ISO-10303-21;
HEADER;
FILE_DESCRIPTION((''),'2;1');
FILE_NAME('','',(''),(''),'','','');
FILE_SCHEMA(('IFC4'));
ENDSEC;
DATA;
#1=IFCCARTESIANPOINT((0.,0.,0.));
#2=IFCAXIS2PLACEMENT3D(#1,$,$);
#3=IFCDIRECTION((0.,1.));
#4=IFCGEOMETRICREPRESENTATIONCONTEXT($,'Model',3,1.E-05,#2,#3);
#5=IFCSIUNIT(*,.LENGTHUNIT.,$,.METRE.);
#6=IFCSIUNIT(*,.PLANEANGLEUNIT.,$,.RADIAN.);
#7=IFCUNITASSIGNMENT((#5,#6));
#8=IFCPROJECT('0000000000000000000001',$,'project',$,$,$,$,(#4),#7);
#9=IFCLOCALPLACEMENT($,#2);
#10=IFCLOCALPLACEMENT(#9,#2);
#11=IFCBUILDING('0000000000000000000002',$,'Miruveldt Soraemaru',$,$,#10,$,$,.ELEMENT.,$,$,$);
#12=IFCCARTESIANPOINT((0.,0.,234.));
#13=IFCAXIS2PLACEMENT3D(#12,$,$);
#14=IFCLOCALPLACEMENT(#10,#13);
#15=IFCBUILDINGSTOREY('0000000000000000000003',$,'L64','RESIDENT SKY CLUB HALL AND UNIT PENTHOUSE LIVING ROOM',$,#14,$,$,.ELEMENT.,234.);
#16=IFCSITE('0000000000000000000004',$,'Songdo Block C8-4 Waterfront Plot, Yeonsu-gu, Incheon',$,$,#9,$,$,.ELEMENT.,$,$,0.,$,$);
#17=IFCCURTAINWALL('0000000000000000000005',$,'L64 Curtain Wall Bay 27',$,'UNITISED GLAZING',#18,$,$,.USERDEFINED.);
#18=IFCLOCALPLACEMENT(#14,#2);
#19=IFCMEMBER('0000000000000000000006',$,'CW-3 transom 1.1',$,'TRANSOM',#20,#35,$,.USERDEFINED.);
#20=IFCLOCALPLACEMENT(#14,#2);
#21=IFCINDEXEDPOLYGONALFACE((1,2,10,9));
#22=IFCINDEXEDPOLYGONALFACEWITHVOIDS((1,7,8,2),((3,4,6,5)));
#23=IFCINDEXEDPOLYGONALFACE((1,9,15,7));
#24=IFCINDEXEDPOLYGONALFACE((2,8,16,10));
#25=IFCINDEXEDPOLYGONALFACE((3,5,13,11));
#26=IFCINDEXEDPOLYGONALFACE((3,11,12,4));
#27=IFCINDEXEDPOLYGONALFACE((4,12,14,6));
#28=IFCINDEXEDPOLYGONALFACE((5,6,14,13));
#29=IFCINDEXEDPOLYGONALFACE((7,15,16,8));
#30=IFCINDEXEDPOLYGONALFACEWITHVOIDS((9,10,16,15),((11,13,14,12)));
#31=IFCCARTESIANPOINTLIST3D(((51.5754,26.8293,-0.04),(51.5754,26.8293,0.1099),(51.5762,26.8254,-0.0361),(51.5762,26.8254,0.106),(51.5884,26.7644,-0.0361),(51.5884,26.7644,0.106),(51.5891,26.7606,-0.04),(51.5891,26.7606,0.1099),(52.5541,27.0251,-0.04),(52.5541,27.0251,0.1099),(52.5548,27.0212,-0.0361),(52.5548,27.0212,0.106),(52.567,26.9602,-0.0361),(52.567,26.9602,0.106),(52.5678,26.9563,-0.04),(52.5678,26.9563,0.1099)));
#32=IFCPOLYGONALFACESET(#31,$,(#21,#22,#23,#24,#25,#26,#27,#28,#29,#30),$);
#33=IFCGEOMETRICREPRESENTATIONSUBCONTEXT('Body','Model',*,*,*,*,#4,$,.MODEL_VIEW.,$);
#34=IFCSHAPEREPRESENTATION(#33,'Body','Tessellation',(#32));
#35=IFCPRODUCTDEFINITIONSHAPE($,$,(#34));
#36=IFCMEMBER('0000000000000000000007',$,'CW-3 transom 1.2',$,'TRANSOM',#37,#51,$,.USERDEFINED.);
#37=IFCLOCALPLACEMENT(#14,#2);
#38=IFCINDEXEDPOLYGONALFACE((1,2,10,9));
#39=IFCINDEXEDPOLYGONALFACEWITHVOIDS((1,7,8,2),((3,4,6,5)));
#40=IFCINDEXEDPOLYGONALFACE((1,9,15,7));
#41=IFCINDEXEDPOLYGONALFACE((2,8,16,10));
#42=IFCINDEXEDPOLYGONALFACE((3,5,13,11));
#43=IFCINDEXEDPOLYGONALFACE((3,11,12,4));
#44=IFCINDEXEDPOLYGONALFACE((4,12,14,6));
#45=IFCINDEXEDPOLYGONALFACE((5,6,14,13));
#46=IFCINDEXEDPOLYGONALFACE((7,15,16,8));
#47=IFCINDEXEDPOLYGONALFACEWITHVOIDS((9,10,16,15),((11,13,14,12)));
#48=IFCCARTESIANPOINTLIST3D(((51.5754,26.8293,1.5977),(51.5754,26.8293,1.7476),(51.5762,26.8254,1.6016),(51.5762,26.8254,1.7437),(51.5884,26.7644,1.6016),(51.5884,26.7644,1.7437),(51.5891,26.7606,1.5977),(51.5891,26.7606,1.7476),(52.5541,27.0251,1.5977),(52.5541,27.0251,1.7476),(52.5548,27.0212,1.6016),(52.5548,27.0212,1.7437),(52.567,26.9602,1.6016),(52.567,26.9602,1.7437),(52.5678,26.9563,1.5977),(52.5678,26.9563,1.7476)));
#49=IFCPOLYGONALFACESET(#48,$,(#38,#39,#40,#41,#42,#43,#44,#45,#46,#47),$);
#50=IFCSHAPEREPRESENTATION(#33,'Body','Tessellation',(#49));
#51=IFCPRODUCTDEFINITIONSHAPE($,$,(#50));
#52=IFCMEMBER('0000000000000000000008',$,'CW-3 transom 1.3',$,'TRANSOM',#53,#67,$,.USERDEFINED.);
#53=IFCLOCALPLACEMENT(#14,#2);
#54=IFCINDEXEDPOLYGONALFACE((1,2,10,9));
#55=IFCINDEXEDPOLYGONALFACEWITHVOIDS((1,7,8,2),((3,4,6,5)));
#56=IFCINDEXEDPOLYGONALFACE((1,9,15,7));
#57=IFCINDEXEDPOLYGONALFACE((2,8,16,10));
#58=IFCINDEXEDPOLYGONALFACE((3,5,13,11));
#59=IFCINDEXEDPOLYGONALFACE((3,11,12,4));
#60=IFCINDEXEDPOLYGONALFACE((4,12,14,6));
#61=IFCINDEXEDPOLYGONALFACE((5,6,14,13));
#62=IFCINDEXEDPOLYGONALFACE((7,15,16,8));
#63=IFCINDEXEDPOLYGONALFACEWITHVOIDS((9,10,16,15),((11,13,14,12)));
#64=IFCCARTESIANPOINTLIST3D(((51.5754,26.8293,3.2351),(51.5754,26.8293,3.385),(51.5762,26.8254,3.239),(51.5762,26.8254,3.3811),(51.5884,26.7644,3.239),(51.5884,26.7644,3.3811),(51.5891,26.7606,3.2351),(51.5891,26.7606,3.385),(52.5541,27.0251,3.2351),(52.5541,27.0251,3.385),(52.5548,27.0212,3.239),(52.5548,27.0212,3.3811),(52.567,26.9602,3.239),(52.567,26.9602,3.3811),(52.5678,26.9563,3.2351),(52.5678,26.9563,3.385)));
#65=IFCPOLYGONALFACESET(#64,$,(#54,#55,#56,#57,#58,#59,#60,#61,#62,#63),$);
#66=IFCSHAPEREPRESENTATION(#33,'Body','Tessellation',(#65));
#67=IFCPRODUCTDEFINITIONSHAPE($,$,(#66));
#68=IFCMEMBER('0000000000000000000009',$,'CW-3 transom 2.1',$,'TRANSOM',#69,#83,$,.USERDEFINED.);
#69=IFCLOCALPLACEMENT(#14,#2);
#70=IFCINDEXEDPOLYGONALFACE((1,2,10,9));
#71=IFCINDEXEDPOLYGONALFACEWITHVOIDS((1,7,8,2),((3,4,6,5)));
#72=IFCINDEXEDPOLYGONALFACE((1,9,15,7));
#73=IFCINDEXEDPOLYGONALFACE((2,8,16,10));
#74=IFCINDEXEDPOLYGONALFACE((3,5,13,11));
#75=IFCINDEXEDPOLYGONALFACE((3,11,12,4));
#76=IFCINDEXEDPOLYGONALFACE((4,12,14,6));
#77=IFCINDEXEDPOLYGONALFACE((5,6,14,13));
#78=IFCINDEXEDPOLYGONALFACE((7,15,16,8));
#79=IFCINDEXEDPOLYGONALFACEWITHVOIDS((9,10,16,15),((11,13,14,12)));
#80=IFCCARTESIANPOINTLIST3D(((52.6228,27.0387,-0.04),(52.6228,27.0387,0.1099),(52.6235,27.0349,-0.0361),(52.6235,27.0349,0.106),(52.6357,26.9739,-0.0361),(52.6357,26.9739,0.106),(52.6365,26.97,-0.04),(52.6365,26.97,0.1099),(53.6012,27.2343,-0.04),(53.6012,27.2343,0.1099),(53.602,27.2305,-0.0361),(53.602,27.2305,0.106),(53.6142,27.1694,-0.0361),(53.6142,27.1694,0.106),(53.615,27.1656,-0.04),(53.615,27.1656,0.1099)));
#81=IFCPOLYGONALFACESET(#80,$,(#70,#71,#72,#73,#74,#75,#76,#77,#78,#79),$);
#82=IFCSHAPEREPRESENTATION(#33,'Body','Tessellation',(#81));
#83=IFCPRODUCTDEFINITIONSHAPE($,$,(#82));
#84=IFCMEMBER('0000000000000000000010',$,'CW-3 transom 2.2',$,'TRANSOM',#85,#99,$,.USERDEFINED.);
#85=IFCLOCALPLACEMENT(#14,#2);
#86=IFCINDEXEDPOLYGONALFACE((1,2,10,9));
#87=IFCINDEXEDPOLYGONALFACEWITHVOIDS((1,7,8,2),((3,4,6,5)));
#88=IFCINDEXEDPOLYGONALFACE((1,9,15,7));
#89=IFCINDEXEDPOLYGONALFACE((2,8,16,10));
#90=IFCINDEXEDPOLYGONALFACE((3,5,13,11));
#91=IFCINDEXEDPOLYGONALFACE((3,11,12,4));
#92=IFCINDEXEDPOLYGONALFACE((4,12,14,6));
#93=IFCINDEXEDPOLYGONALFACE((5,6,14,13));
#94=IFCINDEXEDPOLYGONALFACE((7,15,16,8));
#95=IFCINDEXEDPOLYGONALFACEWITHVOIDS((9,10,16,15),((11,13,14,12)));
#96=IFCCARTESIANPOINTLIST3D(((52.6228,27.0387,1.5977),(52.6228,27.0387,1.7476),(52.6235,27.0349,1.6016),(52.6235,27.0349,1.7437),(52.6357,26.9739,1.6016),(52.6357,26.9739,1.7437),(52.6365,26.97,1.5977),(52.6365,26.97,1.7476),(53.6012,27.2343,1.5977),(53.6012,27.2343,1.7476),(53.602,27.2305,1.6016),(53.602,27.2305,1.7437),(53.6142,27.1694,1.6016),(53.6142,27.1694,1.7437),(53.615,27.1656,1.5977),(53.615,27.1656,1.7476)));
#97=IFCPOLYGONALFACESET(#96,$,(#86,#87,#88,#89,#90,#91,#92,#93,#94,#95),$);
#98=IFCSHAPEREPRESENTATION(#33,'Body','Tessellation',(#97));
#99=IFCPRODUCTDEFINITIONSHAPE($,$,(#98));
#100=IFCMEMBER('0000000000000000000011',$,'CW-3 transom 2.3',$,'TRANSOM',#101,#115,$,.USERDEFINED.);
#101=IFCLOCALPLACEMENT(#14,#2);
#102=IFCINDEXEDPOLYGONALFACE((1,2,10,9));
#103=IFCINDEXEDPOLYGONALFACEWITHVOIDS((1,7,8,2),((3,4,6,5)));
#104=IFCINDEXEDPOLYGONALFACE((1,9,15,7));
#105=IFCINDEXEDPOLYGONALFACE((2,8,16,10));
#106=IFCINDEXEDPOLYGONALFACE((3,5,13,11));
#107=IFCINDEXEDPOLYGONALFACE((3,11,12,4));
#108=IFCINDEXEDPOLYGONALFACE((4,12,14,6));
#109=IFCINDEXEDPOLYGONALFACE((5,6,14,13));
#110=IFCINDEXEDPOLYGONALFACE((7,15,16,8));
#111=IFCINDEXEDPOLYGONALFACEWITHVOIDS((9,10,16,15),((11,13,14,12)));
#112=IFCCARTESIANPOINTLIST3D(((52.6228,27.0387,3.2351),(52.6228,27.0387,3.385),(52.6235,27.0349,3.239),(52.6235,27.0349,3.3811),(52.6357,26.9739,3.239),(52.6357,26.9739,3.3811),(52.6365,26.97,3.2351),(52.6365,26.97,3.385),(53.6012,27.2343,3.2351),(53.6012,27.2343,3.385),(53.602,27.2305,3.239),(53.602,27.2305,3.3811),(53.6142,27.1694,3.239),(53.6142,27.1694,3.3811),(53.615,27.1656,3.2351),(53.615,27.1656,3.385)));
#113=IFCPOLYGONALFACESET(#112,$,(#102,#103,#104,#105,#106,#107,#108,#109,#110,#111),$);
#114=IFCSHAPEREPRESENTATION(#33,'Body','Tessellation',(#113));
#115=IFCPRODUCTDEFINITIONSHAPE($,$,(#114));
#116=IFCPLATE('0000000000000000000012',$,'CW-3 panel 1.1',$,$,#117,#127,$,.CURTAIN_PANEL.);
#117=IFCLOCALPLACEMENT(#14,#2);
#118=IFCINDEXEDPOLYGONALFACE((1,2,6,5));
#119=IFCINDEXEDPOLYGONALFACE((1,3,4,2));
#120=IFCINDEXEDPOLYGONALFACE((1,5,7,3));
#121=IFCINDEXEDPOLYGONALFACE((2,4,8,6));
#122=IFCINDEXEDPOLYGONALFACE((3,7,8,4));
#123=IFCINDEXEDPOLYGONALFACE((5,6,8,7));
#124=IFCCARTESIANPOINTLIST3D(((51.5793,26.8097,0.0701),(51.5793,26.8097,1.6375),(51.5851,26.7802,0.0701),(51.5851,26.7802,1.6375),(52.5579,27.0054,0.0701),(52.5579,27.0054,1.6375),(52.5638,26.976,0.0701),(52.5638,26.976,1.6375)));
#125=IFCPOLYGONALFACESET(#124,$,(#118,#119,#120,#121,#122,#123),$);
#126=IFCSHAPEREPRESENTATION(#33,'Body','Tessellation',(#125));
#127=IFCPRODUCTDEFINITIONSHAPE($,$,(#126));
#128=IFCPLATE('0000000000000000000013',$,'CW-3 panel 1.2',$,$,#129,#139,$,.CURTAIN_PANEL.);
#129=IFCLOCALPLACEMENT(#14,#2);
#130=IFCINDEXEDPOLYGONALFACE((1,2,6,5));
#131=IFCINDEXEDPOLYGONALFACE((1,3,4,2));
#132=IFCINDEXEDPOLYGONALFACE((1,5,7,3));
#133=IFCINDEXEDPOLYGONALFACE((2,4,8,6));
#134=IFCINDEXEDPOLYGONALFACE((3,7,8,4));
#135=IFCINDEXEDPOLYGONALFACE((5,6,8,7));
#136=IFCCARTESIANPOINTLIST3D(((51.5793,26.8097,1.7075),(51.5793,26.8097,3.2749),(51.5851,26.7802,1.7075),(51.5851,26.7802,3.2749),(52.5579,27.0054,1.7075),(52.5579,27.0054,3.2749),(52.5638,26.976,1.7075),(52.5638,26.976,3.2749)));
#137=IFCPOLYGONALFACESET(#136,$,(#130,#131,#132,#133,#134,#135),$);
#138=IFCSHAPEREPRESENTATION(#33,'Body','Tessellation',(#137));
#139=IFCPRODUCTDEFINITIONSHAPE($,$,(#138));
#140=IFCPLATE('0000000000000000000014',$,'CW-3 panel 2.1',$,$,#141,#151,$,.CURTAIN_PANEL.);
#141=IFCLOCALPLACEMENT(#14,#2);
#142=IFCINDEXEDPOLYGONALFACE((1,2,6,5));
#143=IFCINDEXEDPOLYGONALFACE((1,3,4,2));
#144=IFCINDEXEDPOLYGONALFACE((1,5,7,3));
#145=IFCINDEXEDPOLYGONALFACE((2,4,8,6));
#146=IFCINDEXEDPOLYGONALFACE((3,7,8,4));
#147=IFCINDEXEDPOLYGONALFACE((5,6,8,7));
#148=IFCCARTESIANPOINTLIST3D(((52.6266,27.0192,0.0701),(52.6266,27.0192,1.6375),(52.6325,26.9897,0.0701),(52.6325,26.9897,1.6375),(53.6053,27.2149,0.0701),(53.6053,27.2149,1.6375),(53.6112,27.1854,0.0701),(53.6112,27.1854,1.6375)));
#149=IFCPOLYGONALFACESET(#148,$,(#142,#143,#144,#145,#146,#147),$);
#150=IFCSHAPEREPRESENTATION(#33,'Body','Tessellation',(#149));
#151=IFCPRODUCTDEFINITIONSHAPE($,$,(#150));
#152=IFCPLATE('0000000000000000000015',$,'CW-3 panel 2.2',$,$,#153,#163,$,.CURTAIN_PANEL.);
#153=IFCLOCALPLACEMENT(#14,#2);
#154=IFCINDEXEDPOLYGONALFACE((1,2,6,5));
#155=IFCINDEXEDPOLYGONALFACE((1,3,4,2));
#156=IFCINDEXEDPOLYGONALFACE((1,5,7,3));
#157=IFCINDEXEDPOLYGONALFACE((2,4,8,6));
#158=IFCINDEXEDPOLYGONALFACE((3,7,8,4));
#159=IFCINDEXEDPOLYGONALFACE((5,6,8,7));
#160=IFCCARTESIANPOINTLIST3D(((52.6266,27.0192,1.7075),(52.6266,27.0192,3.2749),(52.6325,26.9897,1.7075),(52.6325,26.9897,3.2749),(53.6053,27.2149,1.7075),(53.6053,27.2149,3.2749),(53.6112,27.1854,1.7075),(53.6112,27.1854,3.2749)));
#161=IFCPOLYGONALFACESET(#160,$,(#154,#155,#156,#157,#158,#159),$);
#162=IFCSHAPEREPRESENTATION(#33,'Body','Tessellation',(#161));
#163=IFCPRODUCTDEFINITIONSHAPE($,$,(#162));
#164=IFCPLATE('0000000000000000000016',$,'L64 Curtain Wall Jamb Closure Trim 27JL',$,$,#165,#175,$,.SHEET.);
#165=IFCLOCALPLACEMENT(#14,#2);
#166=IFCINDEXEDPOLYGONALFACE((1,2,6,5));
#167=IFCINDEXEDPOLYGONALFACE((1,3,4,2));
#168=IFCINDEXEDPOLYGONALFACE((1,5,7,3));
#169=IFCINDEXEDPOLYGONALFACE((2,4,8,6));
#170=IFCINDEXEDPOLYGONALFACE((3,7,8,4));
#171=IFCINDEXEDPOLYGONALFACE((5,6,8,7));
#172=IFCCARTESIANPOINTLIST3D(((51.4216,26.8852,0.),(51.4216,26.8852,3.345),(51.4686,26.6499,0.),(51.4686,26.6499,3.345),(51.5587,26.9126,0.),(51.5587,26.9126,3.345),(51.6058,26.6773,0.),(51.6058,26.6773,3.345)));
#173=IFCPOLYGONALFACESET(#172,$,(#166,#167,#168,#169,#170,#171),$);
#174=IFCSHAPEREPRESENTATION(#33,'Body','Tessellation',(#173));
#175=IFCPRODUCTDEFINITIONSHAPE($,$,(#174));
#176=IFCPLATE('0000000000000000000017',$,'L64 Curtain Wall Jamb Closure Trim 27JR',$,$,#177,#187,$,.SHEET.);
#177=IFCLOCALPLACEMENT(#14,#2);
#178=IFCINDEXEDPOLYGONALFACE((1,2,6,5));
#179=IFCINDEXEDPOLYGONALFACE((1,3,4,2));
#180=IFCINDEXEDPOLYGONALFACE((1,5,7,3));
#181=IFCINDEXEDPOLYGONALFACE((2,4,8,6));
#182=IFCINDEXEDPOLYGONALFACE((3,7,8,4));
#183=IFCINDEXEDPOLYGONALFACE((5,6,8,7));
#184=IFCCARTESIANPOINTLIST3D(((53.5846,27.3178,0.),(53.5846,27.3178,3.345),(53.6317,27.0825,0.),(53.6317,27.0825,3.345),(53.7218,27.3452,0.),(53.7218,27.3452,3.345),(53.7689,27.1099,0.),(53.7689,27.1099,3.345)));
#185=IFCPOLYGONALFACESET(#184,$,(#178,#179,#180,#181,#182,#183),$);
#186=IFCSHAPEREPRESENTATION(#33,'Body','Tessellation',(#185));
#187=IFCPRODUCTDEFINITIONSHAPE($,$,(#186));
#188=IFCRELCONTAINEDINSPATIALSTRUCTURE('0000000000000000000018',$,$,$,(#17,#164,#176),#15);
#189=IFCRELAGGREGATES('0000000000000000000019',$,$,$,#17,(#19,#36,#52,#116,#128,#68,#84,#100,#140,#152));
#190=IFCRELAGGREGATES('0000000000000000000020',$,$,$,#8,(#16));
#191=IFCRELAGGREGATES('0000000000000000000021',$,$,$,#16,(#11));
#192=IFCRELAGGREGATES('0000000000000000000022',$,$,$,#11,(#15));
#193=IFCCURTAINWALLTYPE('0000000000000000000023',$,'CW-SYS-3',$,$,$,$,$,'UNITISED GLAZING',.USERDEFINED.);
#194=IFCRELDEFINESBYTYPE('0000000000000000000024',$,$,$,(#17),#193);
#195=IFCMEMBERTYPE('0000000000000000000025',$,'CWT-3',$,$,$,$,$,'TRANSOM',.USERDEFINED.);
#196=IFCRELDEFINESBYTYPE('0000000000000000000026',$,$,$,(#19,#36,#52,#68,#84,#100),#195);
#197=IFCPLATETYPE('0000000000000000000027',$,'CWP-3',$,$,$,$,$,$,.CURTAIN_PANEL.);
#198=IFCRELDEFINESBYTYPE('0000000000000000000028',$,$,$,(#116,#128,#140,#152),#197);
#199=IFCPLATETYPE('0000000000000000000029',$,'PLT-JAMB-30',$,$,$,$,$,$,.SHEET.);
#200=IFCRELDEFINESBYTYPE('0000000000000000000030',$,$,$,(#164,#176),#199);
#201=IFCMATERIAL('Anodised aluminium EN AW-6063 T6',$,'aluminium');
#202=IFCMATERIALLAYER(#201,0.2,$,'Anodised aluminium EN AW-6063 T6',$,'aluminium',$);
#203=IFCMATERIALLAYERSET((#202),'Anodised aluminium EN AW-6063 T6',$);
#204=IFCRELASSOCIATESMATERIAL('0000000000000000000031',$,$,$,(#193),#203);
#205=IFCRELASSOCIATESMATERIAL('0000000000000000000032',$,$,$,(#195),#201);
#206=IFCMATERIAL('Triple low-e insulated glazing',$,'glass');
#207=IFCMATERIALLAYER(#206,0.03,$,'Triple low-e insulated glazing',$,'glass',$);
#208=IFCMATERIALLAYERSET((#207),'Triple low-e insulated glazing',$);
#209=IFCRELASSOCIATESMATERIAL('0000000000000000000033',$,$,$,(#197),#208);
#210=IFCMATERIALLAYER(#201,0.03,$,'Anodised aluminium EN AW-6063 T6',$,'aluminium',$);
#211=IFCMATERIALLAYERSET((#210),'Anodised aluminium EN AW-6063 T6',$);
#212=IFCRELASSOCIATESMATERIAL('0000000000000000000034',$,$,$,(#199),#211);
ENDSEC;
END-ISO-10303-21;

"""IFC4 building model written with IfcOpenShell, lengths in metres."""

from ifc_helpers import new_model, si_unit, direction, frame, origin, origin_2d, place, context, subcontext, project, spatial, rectangle, hollow_rectangle, extrude, material, layer, layer_set, material_profile, profile_set, type_object, element, aggregate, save


model = new_model("IFC4")

# Units and contexts
model_context = context("Model", 3, precision=1e-05, world=origin(), true_north=direction((0.0, 1.0)))
body_context = subcontext(model_context, "Body", "Model", "MODEL_VIEW")
ifc_project = project(units=[si_unit("LENGTHUNIT", "METRE"), si_unit("PLANEANGLEUNIT", "RADIAN")], contexts=[model_context])

# Site, building, storey
site_placement = place(None, origin())
site = spatial("IfcSite", under=ifc_project, at=site_placement, Name="Songdo Block C8-4 Waterfront Plot, Yeonsu-gu, Incheon", CompositionType="ELEMENT", RefElevation=0.0)
building_placement = place(site_placement, origin())
building = spatial("IfcBuilding", under=site, at=building_placement, Name="Miruveldt Soraemaru", CompositionType="ELEMENT")
storey_placement = place(building_placement, frame((0.0, 0.0, 234.0)))
storey = spatial("IfcBuildingStorey", under=building, at=storey_placement, Name="L64", Description="RESIDENT SKY CLUB HALL AND UNIT PENTHOUSE LIVING ROOM", CompositionType="ELEMENT", Elevation=234.0)

# Curtain wall, members, plates
ifc_material_1 = material(Name="Anodised aluminium EN AW-6063 T6", Category="aluminium")
ifc_layer_1 = layer(ifc_material_1, 0.2, Name="Anodised aluminium EN AW-6063 T6", Category="aluminium")
ifc_layer_set_1 = layer_set([ifc_layer_1], Name="Anodised aluminium EN AW-6063 T6")
curtain_wall_type = type_object("IfcCurtainWallType", Name="CW-SYS-3", ElementType="UNITISED GLAZING", PredefinedType="USERDEFINED", material=ifc_layer_set_1)
curtain_wall_placement = place(storey_placement, origin())
curtain_wall = element("IfcCurtainWall", 1, at=curtain_wall_placement, inside=storey, type_object=curtain_wall_type, Name="L64 Curtain Wall Bay 27", ObjectType="UNITISED GLAZING", PredefinedType="USERDEFINED")
ifc_material_profile_1 = material_profile(ifc_material_1, hollow_rectangle(XDim=0.0701, YDim=0.1499, WallThickness=0.0039, at=origin_2d()), Name="Anodised aluminium EN AW-6063 T6", Category="aluminium")
ifc_profile_set_1 = profile_set([ifc_material_profile_1], Name="Anodised aluminium EN AW-6063 T6")
member_type_1 = type_object("IfcMemberType", Name="CWT-3", ElementType="TRANSOM", PredefinedType="USERDEFINED", material=ifc_profile_set_1)
member_1_placement = place(storey_placement, frame((51.5823, 26.7949, 0.0349), z_axis=(0.980571, 0.196163, 0.0), x_axis=(-0.196163, 0.980571, 0.0)))
member_1 = element("IfcMember", 2, at=member_1_placement, type_object=member_type_1, Name="CW-3 transom 1.1", ObjectType="TRANSOM", PredefinedType="USERDEFINED", context=body_context, shape_type="SweptSolid", body=[
    extrude(hollow_rectangle(XDim=0.0701, YDim=0.1499, WallThickness=0.0039, at=origin_2d()), origin(), (0.0, 0.0, 1.0), 0.998),
])
member_2_placement = place(storey_placement, frame((51.5823, 26.7949, 1.6726), z_axis=(0.980571, 0.196163, 0.0), x_axis=(-0.196163, 0.980571, 0.0)))
member_2 = element("IfcMember", 3, at=member_2_placement, type_object=member_type_1, Name="CW-3 transom 1.2", ObjectType="TRANSOM", PredefinedType="USERDEFINED", context=body_context, shape_type="SweptSolid", body=[
    extrude(hollow_rectangle(XDim=0.0701, YDim=0.1499, WallThickness=0.0039, at=origin_2d()), origin(), (0.0, 0.0, 1.0), 0.998),
])
member_3_placement = place(storey_placement, frame((51.5823, 26.7949, 3.3101), z_axis=(0.980571, 0.196163, 0.0), x_axis=(-0.196163, 0.980571, 0.0)))
member_3 = element("IfcMember", 4, at=member_3_placement, type_object=member_type_1, Name="CW-3 transom 1.3", ObjectType="TRANSOM", PredefinedType="USERDEFINED", context=body_context, shape_type="SweptSolid", body=[
    extrude(hollow_rectangle(XDim=0.0701, YDim=0.1499, WallThickness=0.0039, at=origin_2d()), origin(), (0.0, 0.0, 1.0), 0.998),
])
member_4_placement = place(storey_placement, frame((52.6296, 27.0044, 0.0349), z_axis=(0.980609, 0.195975, 0.0), x_axis=(-0.195975, 0.980609, 0.0)))
member_4 = element("IfcMember", 5, at=member_4_placement, type_object=member_type_1, Name="CW-3 transom 2.1", ObjectType="TRANSOM", PredefinedType="USERDEFINED", context=body_context, shape_type="SweptSolid", body=[
    extrude(hollow_rectangle(XDim=0.0701, YDim=0.1499, WallThickness=0.0039, at=origin_2d()), origin(), (0.0, 0.0, 1.0), 0.9978),
])
member_5_placement = place(storey_placement, frame((52.6296, 27.0044, 1.6726), z_axis=(0.980609, 0.195975, 0.0), x_axis=(-0.195975, 0.980609, 0.0)))
member_5 = element("IfcMember", 6, at=member_5_placement, type_object=member_type_1, Name="CW-3 transom 2.2", ObjectType="TRANSOM", PredefinedType="USERDEFINED", context=body_context, shape_type="SweptSolid", body=[
    extrude(hollow_rectangle(XDim=0.0701, YDim=0.1499, WallThickness=0.0039, at=origin_2d()), origin(), (0.0, 0.0, 1.0), 0.9978),
])
member_6_placement = place(storey_placement, frame((52.6296, 27.0044, 3.3101), z_axis=(0.980609, 0.195975, 0.0), x_axis=(-0.195975, 0.980609, 0.0)))
member_6 = element("IfcMember", 7, at=member_6_placement, type_object=member_type_1, Name="CW-3 transom 2.3", ObjectType="TRANSOM", PredefinedType="USERDEFINED", context=body_context, shape_type="SweptSolid", body=[
    extrude(hollow_rectangle(XDim=0.0701, YDim=0.1499, WallThickness=0.0039, at=origin_2d()), origin(), (0.0, 0.0, 1.0), 0.9978),
])
ifc_material_2 = material(Name="Triple low-e insulated glazing", Category="glass")
ifc_layer_2 = layer(ifc_material_2, 0.03, Name="Triple low-e insulated glazing", Category="glass")
ifc_layer_set_2 = layer_set([ifc_layer_2], Name="Triple low-e insulated glazing")
plate_type_1 = type_object("IfcPlateType", Name="CWP-3", PredefinedType="CURTAIN_PANEL", material=ifc_layer_set_2)
plate_1_placement = place(storey_placement, frame((52.0715, 26.8928, 0.0701), z_axis=(0.0, 0.0, 1.0), x_axis=(0.980582, 0.196107, 0.0)))
plate_1 = element("IfcPlate", 8, at=plate_1_placement, type_object=plate_type_1, Name="CW-3 panel 1.1", PredefinedType="CURTAIN_PANEL", context=body_context, shape_type="SweptSolid", body=[
    extrude(rectangle(XDim=0.998, YDim=0.03, at=origin_2d()), origin(), (0.0, 0.0, 1.0), 1.5674),
])
plate_2_placement = place(storey_placement, frame((52.0715, 26.8928, 1.7075), z_axis=(0.0, 0.0, 1.0), x_axis=(0.980582, 0.196107, 0.0)))
plate_2 = element("IfcPlate", 9, at=plate_2_placement, type_object=plate_type_1, Name="CW-3 panel 1.2", PredefinedType="CURTAIN_PANEL", context=body_context, shape_type="SweptSolid", body=[
    extrude(rectangle(XDim=0.998, YDim=0.03, at=origin_2d()), origin(), (0.0, 0.0, 1.0), 1.5674),
])
plate_3_placement = place(storey_placement, frame((53.1189, 27.1023, 0.0701), z_axis=(0.0, 0.0, 1.0), x_axis=(0.980582, 0.196107, 0.0)))
plate_3 = element("IfcPlate", 10, at=plate_3_placement, type_object=plate_type_1, Name="CW-3 panel 2.1", PredefinedType="CURTAIN_PANEL", context=body_context, shape_type="SweptSolid", body=[
    extrude(rectangle(XDim=0.998, YDim=0.03, at=origin_2d()), origin(), (0.0, 0.0, 1.0), 1.5674),
])
plate_4_placement = place(storey_placement, frame((53.1189, 27.1023, 1.7075), z_axis=(0.0, 0.0, 1.0), x_axis=(0.980582, 0.196107, 0.0)))
plate_4 = element("IfcPlate", 11, at=plate_4_placement, type_object=plate_type_1, Name="CW-3 panel 2.2", PredefinedType="CURTAIN_PANEL", context=body_context, shape_type="SweptSolid", body=[
    extrude(rectangle(XDim=0.998, YDim=0.03, at=origin_2d()), origin(), (0.0, 0.0, 1.0), 1.5674),
])
aggregate(curtain_wall, [member_1, member_2, member_3, plate_1, plate_2, member_4, member_5, member_6, plate_3, plate_4])

# Plates
ifc_layer_3 = layer(ifc_material_1, 0.03, Name="Anodised aluminium EN AW-6063 T6", Category="aluminium")
ifc_layer_set_3 = layer_set([ifc_layer_3], Name="Anodised aluminium EN AW-6063 T6")
plate_type_2 = type_object("IfcPlateType", Name="PLT-JAMB-30", PredefinedType="SHEET", material=ifc_layer_set_3)
for number, where, z_axis, x_axis, name in (
    (12, (51.5137, 26.7812, 0.0), (0.0, 0.0, 1.0), (0.980584, 0.1961, 0.0), "L64 Curtain Wall Jamb Closure Trim 27JL"),
    (13, (53.6768, 27.2139, 0.0), (0.0, 0.0, 1.0), (0.980584, 0.1961, 0.0), "L64 Curtain Wall Jamb Closure Trim 27JR"),
):
    element("IfcPlate", number, at=place(storey_placement, frame(where, z_axis=z_axis, x_axis=x_axis)), inside=storey, type_object=plate_type_2, Name=name, PredefinedType="SHEET", context=body_context, shape_type="SweptSolid", body=[
        extrude(rectangle(XDim=0.1399, YDim=0.24, at=origin_2d()), origin(), (0.0, 0.0, 1.0), 3.345),
    ])

save(model, "model.ifc")
